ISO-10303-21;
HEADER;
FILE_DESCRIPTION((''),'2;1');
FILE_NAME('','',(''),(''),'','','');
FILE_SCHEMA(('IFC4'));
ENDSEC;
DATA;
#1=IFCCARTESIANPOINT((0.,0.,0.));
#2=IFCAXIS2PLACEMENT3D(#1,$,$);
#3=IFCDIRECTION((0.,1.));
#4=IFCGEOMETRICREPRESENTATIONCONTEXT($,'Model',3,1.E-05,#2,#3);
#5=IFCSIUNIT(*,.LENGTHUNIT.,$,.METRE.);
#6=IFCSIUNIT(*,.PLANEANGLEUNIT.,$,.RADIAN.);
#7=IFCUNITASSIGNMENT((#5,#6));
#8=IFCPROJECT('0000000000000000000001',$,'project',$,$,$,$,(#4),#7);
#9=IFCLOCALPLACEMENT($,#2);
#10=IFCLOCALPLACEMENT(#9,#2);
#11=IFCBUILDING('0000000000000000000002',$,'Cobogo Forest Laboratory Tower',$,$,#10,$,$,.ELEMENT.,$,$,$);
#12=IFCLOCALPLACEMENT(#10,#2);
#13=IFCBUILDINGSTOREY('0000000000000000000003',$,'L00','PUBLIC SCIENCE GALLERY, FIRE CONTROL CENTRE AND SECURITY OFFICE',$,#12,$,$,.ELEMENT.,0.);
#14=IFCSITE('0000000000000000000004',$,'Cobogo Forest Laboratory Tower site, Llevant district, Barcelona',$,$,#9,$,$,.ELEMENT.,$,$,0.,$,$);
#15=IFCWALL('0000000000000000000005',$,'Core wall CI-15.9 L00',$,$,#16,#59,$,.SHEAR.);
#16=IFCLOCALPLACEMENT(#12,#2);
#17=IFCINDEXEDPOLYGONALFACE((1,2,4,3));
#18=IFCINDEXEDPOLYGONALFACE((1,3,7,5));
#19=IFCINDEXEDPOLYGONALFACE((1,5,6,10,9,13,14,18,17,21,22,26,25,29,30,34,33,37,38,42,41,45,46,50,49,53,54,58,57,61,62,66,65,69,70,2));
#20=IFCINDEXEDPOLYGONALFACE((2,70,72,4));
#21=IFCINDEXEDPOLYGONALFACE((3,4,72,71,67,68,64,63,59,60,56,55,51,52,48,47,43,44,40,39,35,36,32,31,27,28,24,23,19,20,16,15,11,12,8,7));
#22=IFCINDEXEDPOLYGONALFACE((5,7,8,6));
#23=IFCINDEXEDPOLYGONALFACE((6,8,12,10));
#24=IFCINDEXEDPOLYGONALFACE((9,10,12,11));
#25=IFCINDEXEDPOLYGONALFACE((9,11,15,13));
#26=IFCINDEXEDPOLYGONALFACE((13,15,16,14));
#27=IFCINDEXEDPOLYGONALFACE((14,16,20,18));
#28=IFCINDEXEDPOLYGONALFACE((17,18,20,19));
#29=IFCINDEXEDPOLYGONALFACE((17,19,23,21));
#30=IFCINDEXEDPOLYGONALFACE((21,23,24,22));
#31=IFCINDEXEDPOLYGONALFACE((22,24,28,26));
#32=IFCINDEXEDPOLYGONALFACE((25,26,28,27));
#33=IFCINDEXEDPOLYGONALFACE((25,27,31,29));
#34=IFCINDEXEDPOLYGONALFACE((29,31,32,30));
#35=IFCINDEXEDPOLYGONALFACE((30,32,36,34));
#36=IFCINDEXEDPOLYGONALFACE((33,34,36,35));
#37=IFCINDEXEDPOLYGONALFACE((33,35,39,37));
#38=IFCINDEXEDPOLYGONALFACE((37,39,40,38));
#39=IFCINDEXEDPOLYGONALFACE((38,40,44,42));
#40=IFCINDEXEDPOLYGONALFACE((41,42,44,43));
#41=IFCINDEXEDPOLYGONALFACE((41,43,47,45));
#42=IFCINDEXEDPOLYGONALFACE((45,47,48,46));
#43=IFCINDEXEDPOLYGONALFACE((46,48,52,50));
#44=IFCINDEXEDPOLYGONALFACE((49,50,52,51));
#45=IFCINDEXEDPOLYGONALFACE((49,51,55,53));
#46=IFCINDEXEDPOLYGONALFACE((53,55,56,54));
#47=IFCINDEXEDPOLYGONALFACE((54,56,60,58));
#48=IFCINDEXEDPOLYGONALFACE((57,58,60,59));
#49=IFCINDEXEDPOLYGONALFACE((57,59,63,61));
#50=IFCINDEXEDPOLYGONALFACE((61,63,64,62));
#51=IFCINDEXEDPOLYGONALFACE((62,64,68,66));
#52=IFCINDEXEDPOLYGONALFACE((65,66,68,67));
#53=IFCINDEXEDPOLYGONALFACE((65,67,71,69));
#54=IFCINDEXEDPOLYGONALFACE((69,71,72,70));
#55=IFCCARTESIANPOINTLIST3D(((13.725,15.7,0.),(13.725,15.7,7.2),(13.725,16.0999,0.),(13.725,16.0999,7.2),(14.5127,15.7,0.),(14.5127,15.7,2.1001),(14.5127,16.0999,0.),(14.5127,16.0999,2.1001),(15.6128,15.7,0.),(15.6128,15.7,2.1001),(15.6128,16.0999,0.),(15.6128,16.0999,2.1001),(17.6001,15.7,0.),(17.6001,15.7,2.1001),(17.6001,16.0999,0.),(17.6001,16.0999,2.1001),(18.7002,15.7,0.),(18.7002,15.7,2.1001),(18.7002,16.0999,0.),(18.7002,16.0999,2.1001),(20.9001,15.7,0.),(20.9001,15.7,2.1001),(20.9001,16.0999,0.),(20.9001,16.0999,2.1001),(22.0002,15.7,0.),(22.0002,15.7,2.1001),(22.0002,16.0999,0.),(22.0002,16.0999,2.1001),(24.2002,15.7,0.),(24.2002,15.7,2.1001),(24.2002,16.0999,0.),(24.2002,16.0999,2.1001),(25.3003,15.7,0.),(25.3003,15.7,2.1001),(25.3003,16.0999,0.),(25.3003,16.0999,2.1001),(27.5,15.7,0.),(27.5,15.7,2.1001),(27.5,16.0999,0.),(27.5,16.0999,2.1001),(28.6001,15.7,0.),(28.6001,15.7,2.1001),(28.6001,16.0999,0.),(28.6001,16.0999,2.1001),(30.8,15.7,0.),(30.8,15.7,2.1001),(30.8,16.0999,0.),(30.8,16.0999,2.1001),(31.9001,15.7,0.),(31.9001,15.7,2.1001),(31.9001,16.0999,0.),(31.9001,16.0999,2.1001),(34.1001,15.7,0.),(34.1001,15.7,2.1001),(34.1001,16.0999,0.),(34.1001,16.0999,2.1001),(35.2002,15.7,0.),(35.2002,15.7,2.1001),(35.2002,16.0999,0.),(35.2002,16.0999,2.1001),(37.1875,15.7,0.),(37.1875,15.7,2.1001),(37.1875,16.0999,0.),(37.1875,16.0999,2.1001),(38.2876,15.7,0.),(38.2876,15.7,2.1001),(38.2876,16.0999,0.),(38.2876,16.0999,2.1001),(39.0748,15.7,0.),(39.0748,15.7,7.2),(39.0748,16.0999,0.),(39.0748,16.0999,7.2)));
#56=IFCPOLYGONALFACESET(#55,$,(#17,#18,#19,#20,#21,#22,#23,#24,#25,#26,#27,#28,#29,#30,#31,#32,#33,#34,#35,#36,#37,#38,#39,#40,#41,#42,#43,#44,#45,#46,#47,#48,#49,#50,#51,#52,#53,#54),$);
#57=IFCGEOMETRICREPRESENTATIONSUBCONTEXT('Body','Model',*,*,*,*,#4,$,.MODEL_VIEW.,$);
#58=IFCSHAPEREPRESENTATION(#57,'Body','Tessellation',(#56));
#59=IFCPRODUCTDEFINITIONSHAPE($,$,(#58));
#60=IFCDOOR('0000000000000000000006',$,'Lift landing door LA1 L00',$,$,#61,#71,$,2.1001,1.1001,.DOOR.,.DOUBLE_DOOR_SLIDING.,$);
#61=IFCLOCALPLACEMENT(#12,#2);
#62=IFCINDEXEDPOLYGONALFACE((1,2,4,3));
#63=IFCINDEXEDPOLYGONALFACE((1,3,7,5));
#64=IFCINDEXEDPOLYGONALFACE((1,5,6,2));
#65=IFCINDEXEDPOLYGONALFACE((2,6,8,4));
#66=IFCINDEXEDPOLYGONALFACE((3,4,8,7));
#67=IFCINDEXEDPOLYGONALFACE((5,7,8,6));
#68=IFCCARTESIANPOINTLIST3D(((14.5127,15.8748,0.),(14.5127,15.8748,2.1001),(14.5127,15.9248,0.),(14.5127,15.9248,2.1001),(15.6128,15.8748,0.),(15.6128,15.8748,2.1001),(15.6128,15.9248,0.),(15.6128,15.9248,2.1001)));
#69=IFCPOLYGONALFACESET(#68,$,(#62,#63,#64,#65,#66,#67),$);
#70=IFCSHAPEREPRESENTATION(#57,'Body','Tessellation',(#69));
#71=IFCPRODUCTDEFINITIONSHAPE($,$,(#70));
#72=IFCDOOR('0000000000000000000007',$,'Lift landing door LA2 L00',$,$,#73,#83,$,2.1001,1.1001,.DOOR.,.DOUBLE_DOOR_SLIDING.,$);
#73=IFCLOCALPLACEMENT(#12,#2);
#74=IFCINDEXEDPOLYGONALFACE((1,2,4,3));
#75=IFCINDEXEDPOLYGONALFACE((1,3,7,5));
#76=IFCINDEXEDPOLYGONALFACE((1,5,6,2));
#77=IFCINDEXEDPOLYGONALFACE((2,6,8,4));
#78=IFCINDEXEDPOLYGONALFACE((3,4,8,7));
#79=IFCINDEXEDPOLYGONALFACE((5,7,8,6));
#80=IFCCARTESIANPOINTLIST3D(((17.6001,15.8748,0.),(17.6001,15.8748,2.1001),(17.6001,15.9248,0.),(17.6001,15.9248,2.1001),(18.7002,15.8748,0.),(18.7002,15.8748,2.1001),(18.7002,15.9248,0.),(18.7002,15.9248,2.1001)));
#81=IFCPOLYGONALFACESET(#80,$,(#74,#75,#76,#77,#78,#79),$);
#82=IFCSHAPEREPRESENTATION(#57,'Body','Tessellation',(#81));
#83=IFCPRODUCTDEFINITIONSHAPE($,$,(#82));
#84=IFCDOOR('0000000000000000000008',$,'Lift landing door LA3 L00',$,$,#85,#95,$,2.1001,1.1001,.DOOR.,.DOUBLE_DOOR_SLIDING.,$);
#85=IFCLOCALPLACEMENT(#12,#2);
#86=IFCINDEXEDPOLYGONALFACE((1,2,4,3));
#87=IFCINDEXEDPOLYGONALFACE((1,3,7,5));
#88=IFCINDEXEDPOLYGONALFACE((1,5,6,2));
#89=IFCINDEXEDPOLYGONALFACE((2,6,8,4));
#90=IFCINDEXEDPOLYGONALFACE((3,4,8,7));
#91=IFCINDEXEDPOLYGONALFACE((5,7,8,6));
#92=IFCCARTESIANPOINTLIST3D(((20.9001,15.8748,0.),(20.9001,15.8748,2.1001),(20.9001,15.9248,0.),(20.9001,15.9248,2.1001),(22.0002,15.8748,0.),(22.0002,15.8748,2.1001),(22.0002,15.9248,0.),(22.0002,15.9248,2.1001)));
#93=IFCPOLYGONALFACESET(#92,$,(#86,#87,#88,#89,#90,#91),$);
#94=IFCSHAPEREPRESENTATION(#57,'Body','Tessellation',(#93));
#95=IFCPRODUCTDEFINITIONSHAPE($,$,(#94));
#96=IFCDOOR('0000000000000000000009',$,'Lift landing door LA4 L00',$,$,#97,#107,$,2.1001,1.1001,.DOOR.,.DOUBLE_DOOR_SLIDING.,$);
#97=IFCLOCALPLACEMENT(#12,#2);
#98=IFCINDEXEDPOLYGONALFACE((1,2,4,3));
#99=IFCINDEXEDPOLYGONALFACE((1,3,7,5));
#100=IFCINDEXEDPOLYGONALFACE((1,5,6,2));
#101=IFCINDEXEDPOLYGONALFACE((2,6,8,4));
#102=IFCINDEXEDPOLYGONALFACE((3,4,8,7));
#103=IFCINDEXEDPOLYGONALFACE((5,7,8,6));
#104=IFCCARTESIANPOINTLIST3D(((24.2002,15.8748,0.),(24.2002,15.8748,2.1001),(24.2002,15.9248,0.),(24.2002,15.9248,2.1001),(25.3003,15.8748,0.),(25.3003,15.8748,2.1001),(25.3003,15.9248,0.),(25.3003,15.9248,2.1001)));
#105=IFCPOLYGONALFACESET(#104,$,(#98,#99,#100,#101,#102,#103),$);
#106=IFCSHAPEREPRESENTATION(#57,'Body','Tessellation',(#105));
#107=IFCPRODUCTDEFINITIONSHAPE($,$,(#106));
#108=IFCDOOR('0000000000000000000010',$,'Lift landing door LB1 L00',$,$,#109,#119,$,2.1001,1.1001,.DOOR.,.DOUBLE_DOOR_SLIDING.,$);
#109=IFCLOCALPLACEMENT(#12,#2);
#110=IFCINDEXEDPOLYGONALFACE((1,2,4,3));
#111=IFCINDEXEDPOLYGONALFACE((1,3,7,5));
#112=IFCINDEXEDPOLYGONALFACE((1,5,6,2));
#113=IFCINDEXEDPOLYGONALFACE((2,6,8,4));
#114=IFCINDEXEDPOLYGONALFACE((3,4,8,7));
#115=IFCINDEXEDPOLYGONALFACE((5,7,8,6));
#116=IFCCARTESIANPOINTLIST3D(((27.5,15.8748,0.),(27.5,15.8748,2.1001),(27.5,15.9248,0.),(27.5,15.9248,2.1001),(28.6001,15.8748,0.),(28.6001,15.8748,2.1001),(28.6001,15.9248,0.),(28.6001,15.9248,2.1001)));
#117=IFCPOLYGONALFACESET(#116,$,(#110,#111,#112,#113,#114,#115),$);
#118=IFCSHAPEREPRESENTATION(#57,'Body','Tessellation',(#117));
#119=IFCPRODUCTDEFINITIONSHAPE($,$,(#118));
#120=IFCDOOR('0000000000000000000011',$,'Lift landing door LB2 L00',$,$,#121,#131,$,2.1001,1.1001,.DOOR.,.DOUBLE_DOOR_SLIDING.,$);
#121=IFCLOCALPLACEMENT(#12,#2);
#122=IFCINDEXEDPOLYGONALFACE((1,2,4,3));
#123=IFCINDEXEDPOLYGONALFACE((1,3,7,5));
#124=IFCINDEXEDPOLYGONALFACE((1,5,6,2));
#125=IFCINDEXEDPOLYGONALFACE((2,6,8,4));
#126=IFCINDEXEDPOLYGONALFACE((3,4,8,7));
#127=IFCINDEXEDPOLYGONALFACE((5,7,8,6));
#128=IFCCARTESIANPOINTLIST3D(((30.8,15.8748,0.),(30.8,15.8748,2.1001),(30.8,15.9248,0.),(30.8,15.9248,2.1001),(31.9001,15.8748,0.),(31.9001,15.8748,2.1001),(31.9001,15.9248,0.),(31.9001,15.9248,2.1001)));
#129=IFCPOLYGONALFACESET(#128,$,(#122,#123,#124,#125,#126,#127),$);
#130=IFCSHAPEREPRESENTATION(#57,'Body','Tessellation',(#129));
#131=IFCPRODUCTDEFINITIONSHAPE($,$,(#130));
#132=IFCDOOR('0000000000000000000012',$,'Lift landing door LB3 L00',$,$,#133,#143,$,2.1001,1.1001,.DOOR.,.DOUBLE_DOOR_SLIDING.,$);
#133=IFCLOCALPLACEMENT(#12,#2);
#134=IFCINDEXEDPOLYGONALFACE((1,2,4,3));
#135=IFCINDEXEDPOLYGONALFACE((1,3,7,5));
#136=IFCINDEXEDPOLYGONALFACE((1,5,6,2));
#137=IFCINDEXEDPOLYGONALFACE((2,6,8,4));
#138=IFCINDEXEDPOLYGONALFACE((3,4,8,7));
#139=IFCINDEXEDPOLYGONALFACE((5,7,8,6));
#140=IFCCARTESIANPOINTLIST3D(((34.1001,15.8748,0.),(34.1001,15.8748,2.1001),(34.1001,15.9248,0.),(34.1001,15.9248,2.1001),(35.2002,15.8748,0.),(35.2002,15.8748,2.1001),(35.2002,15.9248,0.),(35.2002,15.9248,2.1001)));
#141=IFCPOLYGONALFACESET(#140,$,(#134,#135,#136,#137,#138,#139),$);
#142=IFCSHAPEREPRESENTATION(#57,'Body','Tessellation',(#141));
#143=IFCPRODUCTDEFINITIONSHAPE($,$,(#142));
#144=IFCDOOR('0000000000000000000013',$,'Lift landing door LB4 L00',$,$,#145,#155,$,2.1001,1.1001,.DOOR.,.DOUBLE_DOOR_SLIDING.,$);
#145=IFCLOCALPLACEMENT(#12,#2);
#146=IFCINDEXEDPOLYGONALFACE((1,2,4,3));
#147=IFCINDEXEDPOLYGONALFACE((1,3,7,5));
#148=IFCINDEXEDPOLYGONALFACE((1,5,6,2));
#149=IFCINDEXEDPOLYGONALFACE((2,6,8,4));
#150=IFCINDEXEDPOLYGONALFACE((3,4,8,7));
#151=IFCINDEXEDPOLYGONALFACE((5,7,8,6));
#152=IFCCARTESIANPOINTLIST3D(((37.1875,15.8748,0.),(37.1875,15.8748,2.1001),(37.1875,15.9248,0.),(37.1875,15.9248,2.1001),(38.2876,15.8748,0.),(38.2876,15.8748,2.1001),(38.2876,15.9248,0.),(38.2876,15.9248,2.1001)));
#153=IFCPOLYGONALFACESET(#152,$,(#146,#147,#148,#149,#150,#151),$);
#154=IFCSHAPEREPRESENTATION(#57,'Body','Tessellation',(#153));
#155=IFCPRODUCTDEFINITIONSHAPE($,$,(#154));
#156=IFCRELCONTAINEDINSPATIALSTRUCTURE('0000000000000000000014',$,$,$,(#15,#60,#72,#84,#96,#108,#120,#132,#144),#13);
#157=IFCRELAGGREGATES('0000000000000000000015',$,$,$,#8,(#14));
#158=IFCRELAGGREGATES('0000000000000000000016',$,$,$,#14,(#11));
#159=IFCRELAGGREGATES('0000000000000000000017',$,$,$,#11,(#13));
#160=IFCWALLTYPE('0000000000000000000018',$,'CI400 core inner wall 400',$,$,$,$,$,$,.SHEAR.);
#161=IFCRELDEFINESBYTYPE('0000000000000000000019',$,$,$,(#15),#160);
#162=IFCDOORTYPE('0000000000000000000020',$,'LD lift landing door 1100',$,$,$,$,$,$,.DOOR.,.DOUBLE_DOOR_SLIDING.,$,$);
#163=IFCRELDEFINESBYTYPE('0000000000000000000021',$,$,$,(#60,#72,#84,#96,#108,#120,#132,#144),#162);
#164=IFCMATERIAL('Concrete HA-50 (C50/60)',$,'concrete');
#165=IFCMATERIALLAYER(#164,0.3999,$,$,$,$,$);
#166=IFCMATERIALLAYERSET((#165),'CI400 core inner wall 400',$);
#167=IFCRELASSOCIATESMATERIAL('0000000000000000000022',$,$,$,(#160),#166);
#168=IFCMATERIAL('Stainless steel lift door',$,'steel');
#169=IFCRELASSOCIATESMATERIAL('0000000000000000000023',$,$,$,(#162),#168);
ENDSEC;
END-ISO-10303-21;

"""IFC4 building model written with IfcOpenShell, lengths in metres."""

from ifc_helpers import new_model, si_unit, direction, frame, frame_2d, origin, place, context, subcontext, project, spatial, rectangle, extrude, material, layer, layer_set, type_object, element, fill, save


model = new_model("IFC4")

# Units and contexts
model_context = context("Model", 3, precision=1e-05, world=origin(), true_north=direction((0.0, 1.0)))
body_context = subcontext(model_context, "Body", "Model", "MODEL_VIEW")
ifc_project = project(units=[si_unit("LENGTHUNIT", "METRE"), si_unit("PLANEANGLEUNIT", "RADIAN")], contexts=[model_context])

# Site, building, storey
site_placement = place(None, origin())
site = spatial("IfcSite", under=ifc_project, at=site_placement, Name="Cobogo Forest Laboratory Tower site, Llevant district, Barcelona", CompositionType="ELEMENT", RefElevation=0.0)
building_placement = place(site_placement, origin())
building = spatial("IfcBuilding", under=site, at=building_placement, Name="Cobogo Forest Laboratory Tower", CompositionType="ELEMENT")
storey_placement = place(building_placement, origin())
storey = spatial("IfcBuildingStorey", under=building, at=storey_placement, Name="L00", Description="PUBLIC SCIENCE GALLERY, FIRE CONTROL CENTRE AND SECURITY OFFICE", CompositionType="ELEMENT", Elevation=0.0)

# Wall, openings, doors
ifc_material_1 = material(Name="Concrete HA-50 (C50/60)", Category="concrete")
ifc_layer_1 = layer(ifc_material_1, 0.3999)
ifc_layer_set_1 = layer_set([ifc_layer_1], Name="CI400 core inner wall 400")
wall_type_1 = type_object("IfcWallType", Name="CI400 core inner wall 400", PredefinedType="SHEAR", material=ifc_layer_set_1)
wall_1_placement = place(storey_placement, frame((13.7251, 15.8999, 0.0), z_axis=(0.0, 0.0, 1.0), x_axis=(1.0, 0.0, 0.0)))
wall_1 = element("IfcWall", 1, at=wall_1_placement, inside=storey, type_object=wall_type_1, Name="Core wall CI-15.9 L00", PredefinedType="SHEAR", context=body_context, shape_type="SweptSolid", body=[
    extrude(rectangle(XDim=25.3499, YDim=0.3999, at=frame_2d((12.6748, 0.0))), origin(), (0.0, 0.0, 1.0), 7.2),
])
opening_1_placement = place(wall_1_placement, frame((0.7876, 0.0, 0.0)))
opening_1 = element("IfcOpeningElement", 2, at=opening_1_placement, cuts=wall_1, PredefinedType="OPENING", context=body_context, shape_type="SweptSolid", body=[
    extrude(rectangle(XDim=1.1001, YDim=2.1001, at=frame_2d((0.55, 1.05))), frame((0.0, 0.21, 0.0), z_axis=(0.0, -1.0, 0.0), x_axis=(1.0, 0.0, 0.0)), (0.0, 0.0, 1.0), 0.4199),
])
opening_2_placement = place(wall_1_placement, frame((3.875, 0.0, 0.0)))
opening_2 = element("IfcOpeningElement", 3, at=opening_2_placement, cuts=wall_1, PredefinedType="OPENING", context=body_context, shape_type="SweptSolid", body=[
    extrude(rectangle(XDim=1.1001, YDim=2.1001, at=frame_2d((0.55, 1.05))), frame((0.0, 0.21, 0.0), z_axis=(0.0, -1.0, 0.0), x_axis=(1.0, 0.0, 0.0)), (0.0, 0.0, 1.0), 0.4199),
])
opening_3_placement = place(wall_1_placement, frame((7.175, 0.0, 0.0)))
opening_3 = element("IfcOpeningElement", 4, at=opening_3_placement, cuts=wall_1, PredefinedType="OPENING", context=body_context, shape_type="SweptSolid", body=[
    extrude(rectangle(XDim=1.1001, YDim=2.1001, at=frame_2d((0.55, 1.05))), frame((0.0, 0.21, 0.0), z_axis=(0.0, -1.0, 0.0), x_axis=(1.0, 0.0, 0.0)), (0.0, 0.0, 1.0), 0.4199),
])
opening_4_placement = place(wall_1_placement, frame((10.4751, 0.0, 0.0)))
opening_4 = element("IfcOpeningElement", 5, at=opening_4_placement, cuts=wall_1, PredefinedType="OPENING", context=body_context, shape_type="SweptSolid", body=[
    extrude(rectangle(XDim=1.1001, YDim=2.1001, at=frame_2d((0.55, 1.05))), frame((0.0, 0.21, 0.0), z_axis=(0.0, -1.0, 0.0), x_axis=(1.0, 0.0, 0.0)), (0.0, 0.0, 1.0), 0.4199),
])
opening_5_placement = place(wall_1_placement, frame((13.7749, 0.0, 0.0)))
opening_5 = element("IfcOpeningElement", 6, at=opening_5_placement, cuts=wall_1, PredefinedType="OPENING", context=body_context, shape_type="SweptSolid", body=[
    extrude(rectangle(XDim=1.1001, YDim=2.1001, at=frame_2d((0.55, 1.05))), frame((0.0, 0.21, 0.0), z_axis=(0.0, -1.0, 0.0), x_axis=(1.0, 0.0, 0.0)), (0.0, 0.0, 1.0), 0.4199),
])
opening_6_placement = place(wall_1_placement, frame((17.075, 0.0, 0.0)))
opening_6 = element("IfcOpeningElement", 7, at=opening_6_placement, cuts=wall_1, PredefinedType="OPENING", context=body_context, shape_type="SweptSolid", body=[
    extrude(rectangle(XDim=1.1001, YDim=2.1001, at=frame_2d((0.55, 1.05))), frame((0.0, 0.21, 0.0), z_axis=(0.0, -1.0, 0.0), x_axis=(1.0, 0.0, 0.0)), (0.0, 0.0, 1.0), 0.4199),
])
opening_7_placement = place(wall_1_placement, frame((20.375, 0.0, 0.0)))
opening_7 = element("IfcOpeningElement", 8, at=opening_7_placement, cuts=wall_1, PredefinedType="OPENING", context=body_context, shape_type="SweptSolid", body=[
    extrude(rectangle(XDim=1.1001, YDim=2.1001, at=frame_2d((0.55, 1.05))), frame((0.0, 0.21, 0.0), z_axis=(0.0, -1.0, 0.0), x_axis=(1.0, 0.0, 0.0)), (0.0, 0.0, 1.0), 0.4199),
])
opening_8_placement = place(wall_1_placement, frame((23.4624, 0.0, 0.0)))
opening_8 = element("IfcOpeningElement", 9, at=opening_8_placement, cuts=wall_1, PredefinedType="OPENING", context=body_context, shape_type="SweptSolid", body=[
    extrude(rectangle(XDim=1.1001, YDim=2.1001, at=frame_2d((0.55, 1.05))), frame((0.0, 0.21, 0.0), z_axis=(0.0, -1.0, 0.0), x_axis=(1.0, 0.0, 0.0)), (0.0, 0.0, 1.0), 0.4199),
])
ifc_material_2 = material(Name="Stainless steel lift door", Category="steel")
door_type_1 = type_object("IfcDoorType", Name="LD lift landing door 1100", OperationType="DOUBLE_DOOR_SLIDING", PredefinedType="DOOR", material=ifc_material_2)
door_1_placement = place(opening_1_placement, origin())
door_1 = element("IfcDoor", 10, at=door_1_placement, inside=storey, type_object=door_type_1, Name="Lift landing door LA1 L00", OperationType="DOUBLE_DOOR_SLIDING", OverallHeight=2.1001, OverallWidth=1.1001, PredefinedType="DOOR", context=body_context, shape_type="SweptSolid", body=[
    extrude(rectangle(XDim=1.1001, YDim=2.1001, at=frame_2d((0.55, 1.05))), frame((0.0, 0.0249, 0.0), z_axis=(0.0, -1.0, 0.0), x_axis=(1.0, 0.0, 0.0)), (0.0, 0.0, 1.0), 0.05),
])
fill(opening_1, door_1)
door_2_placement = place(opening_2_placement, origin())
door_2 = element("IfcDoor", 11, at=door_2_placement, inside=storey, type_object=door_type_1, Name="Lift landing door LA2 L00", OperationType="DOUBLE_DOOR_SLIDING", OverallHeight=2.1001, OverallWidth=1.1001, PredefinedType="DOOR", context=body_context, shape_type="SweptSolid", body=[
    extrude(rectangle(XDim=1.1001, YDim=2.1001, at=frame_2d((0.55, 1.05))), frame((0.0, 0.0249, 0.0), z_axis=(0.0, -1.0, 0.0), x_axis=(1.0, 0.0, 0.0)), (0.0, 0.0, 1.0), 0.05),
])
fill(opening_2, door_2)
door_3_placement = place(opening_3_placement, origin())
door_3 = element("IfcDoor", 12, at=door_3_placement, inside=storey, type_object=door_type_1, Name="Lift landing door LA3 L00", OperationType="DOUBLE_DOOR_SLIDING", OverallHeight=2.1001, OverallWidth=1.1001, PredefinedType="DOOR", context=body_context, shape_type="SweptSolid", body=[
    extrude(rectangle(XDim=1.1001, YDim=2.1001, at=frame_2d((0.55, 1.05))), frame((0.0, 0.0249, 0.0), z_axis=(0.0, -1.0, 0.0), x_axis=(1.0, 0.0, 0.0)), (0.0, 0.0, 1.0), 0.05),
])
fill(opening_3, door_3)
door_4_placement = place(opening_4_placement, origin())
door_4 = element("IfcDoor", 13, at=door_4_placement, inside=storey, type_object=door_type_1, Name="Lift landing door LA4 L00", OperationType="DOUBLE_DOOR_SLIDING", OverallHeight=2.1001, OverallWidth=1.1001, PredefinedType="DOOR", context=body_context, shape_type="SweptSolid", body=[
    extrude(rectangle(XDim=1.1001, YDim=2.1001, at=frame_2d((0.55, 1.05))), frame((0.0, 0.0249, 0.0), z_axis=(0.0, -1.0, 0.0), x_axis=(1.0, 0.0, 0.0)), (0.0, 0.0, 1.0), 0.05),
])
fill(opening_4, door_4)
door_5_placement = place(opening_5_placement, origin())
door_5 = element("IfcDoor", 14, at=door_5_placement, inside=storey, type_object=door_type_1, Name="Lift landing door LB1 L00", OperationType="DOUBLE_DOOR_SLIDING", OverallHeight=2.1001, OverallWidth=1.1001, PredefinedType="DOOR", context=body_context, shape_type="SweptSolid", body=[
    extrude(rectangle(XDim=1.1001, YDim=2.1001, at=frame_2d((0.55, 1.05))), frame((0.0, 0.0249, 0.0), z_axis=(0.0, -1.0, 0.0), x_axis=(1.0, 0.0, 0.0)), (0.0, 0.0, 1.0), 0.05),
])
fill(opening_5, door_5)
door_6_placement = place(opening_6_placement, origin())
door_6 = element("IfcDoor", 15, at=door_6_placement, inside=storey, type_object=door_type_1, Name="Lift landing door LB2 L00", OperationType="DOUBLE_DOOR_SLIDING", OverallHeight=2.1001, OverallWidth=1.1001, PredefinedType="DOOR", context=body_context, shape_type="SweptSolid", body=[
    extrude(rectangle(XDim=1.1001, YDim=2.1001, at=frame_2d((0.55, 1.05))), frame((0.0, 0.0249, 0.0), z_axis=(0.0, -1.0, 0.0), x_axis=(1.0, 0.0, 0.0)), (0.0, 0.0, 1.0), 0.05),
])
fill(opening_6, door_6)
door_7_placement = place(opening_7_placement, origin())
door_7 = element("IfcDoor", 16, at=door_7_placement, inside=storey, type_object=door_type_1, Name="Lift landing door LB3 L00", OperationType="DOUBLE_DOOR_SLIDING", OverallHeight=2.1001, OverallWidth=1.1001, PredefinedType="DOOR", context=body_context, shape_type="SweptSolid", body=[
    extrude(rectangle(XDim=1.1001, YDim=2.1001, at=frame_2d((0.55, 1.05))), frame((0.0, 0.0249, 0.0), z_axis=(0.0, -1.0, 0.0), x_axis=(1.0, 0.0, 0.0)), (0.0, 0.0, 1.0), 0.05),
])
fill(opening_7, door_7)
door_8_placement = place(opening_8_placement, origin())
door_8 = element("IfcDoor", 17, at=door_8_placement, inside=storey, type_object=door_type_1, Name="Lift landing door LB4 L00", OperationType="DOUBLE_DOOR_SLIDING", OverallHeight=2.1001, OverallWidth=1.1001, PredefinedType="DOOR", context=body_context, shape_type="SweptSolid", body=[
    extrude(rectangle(XDim=1.1001, YDim=2.1001, at=frame_2d((0.55, 1.05))), frame((0.0, 0.0249, 0.0), z_axis=(0.0, -1.0, 0.0), x_axis=(1.0, 0.0, 0.0)), (0.0, 0.0, 1.0), 0.05),
])
fill(opening_8, door_8)

save(model, "model.ifc")
